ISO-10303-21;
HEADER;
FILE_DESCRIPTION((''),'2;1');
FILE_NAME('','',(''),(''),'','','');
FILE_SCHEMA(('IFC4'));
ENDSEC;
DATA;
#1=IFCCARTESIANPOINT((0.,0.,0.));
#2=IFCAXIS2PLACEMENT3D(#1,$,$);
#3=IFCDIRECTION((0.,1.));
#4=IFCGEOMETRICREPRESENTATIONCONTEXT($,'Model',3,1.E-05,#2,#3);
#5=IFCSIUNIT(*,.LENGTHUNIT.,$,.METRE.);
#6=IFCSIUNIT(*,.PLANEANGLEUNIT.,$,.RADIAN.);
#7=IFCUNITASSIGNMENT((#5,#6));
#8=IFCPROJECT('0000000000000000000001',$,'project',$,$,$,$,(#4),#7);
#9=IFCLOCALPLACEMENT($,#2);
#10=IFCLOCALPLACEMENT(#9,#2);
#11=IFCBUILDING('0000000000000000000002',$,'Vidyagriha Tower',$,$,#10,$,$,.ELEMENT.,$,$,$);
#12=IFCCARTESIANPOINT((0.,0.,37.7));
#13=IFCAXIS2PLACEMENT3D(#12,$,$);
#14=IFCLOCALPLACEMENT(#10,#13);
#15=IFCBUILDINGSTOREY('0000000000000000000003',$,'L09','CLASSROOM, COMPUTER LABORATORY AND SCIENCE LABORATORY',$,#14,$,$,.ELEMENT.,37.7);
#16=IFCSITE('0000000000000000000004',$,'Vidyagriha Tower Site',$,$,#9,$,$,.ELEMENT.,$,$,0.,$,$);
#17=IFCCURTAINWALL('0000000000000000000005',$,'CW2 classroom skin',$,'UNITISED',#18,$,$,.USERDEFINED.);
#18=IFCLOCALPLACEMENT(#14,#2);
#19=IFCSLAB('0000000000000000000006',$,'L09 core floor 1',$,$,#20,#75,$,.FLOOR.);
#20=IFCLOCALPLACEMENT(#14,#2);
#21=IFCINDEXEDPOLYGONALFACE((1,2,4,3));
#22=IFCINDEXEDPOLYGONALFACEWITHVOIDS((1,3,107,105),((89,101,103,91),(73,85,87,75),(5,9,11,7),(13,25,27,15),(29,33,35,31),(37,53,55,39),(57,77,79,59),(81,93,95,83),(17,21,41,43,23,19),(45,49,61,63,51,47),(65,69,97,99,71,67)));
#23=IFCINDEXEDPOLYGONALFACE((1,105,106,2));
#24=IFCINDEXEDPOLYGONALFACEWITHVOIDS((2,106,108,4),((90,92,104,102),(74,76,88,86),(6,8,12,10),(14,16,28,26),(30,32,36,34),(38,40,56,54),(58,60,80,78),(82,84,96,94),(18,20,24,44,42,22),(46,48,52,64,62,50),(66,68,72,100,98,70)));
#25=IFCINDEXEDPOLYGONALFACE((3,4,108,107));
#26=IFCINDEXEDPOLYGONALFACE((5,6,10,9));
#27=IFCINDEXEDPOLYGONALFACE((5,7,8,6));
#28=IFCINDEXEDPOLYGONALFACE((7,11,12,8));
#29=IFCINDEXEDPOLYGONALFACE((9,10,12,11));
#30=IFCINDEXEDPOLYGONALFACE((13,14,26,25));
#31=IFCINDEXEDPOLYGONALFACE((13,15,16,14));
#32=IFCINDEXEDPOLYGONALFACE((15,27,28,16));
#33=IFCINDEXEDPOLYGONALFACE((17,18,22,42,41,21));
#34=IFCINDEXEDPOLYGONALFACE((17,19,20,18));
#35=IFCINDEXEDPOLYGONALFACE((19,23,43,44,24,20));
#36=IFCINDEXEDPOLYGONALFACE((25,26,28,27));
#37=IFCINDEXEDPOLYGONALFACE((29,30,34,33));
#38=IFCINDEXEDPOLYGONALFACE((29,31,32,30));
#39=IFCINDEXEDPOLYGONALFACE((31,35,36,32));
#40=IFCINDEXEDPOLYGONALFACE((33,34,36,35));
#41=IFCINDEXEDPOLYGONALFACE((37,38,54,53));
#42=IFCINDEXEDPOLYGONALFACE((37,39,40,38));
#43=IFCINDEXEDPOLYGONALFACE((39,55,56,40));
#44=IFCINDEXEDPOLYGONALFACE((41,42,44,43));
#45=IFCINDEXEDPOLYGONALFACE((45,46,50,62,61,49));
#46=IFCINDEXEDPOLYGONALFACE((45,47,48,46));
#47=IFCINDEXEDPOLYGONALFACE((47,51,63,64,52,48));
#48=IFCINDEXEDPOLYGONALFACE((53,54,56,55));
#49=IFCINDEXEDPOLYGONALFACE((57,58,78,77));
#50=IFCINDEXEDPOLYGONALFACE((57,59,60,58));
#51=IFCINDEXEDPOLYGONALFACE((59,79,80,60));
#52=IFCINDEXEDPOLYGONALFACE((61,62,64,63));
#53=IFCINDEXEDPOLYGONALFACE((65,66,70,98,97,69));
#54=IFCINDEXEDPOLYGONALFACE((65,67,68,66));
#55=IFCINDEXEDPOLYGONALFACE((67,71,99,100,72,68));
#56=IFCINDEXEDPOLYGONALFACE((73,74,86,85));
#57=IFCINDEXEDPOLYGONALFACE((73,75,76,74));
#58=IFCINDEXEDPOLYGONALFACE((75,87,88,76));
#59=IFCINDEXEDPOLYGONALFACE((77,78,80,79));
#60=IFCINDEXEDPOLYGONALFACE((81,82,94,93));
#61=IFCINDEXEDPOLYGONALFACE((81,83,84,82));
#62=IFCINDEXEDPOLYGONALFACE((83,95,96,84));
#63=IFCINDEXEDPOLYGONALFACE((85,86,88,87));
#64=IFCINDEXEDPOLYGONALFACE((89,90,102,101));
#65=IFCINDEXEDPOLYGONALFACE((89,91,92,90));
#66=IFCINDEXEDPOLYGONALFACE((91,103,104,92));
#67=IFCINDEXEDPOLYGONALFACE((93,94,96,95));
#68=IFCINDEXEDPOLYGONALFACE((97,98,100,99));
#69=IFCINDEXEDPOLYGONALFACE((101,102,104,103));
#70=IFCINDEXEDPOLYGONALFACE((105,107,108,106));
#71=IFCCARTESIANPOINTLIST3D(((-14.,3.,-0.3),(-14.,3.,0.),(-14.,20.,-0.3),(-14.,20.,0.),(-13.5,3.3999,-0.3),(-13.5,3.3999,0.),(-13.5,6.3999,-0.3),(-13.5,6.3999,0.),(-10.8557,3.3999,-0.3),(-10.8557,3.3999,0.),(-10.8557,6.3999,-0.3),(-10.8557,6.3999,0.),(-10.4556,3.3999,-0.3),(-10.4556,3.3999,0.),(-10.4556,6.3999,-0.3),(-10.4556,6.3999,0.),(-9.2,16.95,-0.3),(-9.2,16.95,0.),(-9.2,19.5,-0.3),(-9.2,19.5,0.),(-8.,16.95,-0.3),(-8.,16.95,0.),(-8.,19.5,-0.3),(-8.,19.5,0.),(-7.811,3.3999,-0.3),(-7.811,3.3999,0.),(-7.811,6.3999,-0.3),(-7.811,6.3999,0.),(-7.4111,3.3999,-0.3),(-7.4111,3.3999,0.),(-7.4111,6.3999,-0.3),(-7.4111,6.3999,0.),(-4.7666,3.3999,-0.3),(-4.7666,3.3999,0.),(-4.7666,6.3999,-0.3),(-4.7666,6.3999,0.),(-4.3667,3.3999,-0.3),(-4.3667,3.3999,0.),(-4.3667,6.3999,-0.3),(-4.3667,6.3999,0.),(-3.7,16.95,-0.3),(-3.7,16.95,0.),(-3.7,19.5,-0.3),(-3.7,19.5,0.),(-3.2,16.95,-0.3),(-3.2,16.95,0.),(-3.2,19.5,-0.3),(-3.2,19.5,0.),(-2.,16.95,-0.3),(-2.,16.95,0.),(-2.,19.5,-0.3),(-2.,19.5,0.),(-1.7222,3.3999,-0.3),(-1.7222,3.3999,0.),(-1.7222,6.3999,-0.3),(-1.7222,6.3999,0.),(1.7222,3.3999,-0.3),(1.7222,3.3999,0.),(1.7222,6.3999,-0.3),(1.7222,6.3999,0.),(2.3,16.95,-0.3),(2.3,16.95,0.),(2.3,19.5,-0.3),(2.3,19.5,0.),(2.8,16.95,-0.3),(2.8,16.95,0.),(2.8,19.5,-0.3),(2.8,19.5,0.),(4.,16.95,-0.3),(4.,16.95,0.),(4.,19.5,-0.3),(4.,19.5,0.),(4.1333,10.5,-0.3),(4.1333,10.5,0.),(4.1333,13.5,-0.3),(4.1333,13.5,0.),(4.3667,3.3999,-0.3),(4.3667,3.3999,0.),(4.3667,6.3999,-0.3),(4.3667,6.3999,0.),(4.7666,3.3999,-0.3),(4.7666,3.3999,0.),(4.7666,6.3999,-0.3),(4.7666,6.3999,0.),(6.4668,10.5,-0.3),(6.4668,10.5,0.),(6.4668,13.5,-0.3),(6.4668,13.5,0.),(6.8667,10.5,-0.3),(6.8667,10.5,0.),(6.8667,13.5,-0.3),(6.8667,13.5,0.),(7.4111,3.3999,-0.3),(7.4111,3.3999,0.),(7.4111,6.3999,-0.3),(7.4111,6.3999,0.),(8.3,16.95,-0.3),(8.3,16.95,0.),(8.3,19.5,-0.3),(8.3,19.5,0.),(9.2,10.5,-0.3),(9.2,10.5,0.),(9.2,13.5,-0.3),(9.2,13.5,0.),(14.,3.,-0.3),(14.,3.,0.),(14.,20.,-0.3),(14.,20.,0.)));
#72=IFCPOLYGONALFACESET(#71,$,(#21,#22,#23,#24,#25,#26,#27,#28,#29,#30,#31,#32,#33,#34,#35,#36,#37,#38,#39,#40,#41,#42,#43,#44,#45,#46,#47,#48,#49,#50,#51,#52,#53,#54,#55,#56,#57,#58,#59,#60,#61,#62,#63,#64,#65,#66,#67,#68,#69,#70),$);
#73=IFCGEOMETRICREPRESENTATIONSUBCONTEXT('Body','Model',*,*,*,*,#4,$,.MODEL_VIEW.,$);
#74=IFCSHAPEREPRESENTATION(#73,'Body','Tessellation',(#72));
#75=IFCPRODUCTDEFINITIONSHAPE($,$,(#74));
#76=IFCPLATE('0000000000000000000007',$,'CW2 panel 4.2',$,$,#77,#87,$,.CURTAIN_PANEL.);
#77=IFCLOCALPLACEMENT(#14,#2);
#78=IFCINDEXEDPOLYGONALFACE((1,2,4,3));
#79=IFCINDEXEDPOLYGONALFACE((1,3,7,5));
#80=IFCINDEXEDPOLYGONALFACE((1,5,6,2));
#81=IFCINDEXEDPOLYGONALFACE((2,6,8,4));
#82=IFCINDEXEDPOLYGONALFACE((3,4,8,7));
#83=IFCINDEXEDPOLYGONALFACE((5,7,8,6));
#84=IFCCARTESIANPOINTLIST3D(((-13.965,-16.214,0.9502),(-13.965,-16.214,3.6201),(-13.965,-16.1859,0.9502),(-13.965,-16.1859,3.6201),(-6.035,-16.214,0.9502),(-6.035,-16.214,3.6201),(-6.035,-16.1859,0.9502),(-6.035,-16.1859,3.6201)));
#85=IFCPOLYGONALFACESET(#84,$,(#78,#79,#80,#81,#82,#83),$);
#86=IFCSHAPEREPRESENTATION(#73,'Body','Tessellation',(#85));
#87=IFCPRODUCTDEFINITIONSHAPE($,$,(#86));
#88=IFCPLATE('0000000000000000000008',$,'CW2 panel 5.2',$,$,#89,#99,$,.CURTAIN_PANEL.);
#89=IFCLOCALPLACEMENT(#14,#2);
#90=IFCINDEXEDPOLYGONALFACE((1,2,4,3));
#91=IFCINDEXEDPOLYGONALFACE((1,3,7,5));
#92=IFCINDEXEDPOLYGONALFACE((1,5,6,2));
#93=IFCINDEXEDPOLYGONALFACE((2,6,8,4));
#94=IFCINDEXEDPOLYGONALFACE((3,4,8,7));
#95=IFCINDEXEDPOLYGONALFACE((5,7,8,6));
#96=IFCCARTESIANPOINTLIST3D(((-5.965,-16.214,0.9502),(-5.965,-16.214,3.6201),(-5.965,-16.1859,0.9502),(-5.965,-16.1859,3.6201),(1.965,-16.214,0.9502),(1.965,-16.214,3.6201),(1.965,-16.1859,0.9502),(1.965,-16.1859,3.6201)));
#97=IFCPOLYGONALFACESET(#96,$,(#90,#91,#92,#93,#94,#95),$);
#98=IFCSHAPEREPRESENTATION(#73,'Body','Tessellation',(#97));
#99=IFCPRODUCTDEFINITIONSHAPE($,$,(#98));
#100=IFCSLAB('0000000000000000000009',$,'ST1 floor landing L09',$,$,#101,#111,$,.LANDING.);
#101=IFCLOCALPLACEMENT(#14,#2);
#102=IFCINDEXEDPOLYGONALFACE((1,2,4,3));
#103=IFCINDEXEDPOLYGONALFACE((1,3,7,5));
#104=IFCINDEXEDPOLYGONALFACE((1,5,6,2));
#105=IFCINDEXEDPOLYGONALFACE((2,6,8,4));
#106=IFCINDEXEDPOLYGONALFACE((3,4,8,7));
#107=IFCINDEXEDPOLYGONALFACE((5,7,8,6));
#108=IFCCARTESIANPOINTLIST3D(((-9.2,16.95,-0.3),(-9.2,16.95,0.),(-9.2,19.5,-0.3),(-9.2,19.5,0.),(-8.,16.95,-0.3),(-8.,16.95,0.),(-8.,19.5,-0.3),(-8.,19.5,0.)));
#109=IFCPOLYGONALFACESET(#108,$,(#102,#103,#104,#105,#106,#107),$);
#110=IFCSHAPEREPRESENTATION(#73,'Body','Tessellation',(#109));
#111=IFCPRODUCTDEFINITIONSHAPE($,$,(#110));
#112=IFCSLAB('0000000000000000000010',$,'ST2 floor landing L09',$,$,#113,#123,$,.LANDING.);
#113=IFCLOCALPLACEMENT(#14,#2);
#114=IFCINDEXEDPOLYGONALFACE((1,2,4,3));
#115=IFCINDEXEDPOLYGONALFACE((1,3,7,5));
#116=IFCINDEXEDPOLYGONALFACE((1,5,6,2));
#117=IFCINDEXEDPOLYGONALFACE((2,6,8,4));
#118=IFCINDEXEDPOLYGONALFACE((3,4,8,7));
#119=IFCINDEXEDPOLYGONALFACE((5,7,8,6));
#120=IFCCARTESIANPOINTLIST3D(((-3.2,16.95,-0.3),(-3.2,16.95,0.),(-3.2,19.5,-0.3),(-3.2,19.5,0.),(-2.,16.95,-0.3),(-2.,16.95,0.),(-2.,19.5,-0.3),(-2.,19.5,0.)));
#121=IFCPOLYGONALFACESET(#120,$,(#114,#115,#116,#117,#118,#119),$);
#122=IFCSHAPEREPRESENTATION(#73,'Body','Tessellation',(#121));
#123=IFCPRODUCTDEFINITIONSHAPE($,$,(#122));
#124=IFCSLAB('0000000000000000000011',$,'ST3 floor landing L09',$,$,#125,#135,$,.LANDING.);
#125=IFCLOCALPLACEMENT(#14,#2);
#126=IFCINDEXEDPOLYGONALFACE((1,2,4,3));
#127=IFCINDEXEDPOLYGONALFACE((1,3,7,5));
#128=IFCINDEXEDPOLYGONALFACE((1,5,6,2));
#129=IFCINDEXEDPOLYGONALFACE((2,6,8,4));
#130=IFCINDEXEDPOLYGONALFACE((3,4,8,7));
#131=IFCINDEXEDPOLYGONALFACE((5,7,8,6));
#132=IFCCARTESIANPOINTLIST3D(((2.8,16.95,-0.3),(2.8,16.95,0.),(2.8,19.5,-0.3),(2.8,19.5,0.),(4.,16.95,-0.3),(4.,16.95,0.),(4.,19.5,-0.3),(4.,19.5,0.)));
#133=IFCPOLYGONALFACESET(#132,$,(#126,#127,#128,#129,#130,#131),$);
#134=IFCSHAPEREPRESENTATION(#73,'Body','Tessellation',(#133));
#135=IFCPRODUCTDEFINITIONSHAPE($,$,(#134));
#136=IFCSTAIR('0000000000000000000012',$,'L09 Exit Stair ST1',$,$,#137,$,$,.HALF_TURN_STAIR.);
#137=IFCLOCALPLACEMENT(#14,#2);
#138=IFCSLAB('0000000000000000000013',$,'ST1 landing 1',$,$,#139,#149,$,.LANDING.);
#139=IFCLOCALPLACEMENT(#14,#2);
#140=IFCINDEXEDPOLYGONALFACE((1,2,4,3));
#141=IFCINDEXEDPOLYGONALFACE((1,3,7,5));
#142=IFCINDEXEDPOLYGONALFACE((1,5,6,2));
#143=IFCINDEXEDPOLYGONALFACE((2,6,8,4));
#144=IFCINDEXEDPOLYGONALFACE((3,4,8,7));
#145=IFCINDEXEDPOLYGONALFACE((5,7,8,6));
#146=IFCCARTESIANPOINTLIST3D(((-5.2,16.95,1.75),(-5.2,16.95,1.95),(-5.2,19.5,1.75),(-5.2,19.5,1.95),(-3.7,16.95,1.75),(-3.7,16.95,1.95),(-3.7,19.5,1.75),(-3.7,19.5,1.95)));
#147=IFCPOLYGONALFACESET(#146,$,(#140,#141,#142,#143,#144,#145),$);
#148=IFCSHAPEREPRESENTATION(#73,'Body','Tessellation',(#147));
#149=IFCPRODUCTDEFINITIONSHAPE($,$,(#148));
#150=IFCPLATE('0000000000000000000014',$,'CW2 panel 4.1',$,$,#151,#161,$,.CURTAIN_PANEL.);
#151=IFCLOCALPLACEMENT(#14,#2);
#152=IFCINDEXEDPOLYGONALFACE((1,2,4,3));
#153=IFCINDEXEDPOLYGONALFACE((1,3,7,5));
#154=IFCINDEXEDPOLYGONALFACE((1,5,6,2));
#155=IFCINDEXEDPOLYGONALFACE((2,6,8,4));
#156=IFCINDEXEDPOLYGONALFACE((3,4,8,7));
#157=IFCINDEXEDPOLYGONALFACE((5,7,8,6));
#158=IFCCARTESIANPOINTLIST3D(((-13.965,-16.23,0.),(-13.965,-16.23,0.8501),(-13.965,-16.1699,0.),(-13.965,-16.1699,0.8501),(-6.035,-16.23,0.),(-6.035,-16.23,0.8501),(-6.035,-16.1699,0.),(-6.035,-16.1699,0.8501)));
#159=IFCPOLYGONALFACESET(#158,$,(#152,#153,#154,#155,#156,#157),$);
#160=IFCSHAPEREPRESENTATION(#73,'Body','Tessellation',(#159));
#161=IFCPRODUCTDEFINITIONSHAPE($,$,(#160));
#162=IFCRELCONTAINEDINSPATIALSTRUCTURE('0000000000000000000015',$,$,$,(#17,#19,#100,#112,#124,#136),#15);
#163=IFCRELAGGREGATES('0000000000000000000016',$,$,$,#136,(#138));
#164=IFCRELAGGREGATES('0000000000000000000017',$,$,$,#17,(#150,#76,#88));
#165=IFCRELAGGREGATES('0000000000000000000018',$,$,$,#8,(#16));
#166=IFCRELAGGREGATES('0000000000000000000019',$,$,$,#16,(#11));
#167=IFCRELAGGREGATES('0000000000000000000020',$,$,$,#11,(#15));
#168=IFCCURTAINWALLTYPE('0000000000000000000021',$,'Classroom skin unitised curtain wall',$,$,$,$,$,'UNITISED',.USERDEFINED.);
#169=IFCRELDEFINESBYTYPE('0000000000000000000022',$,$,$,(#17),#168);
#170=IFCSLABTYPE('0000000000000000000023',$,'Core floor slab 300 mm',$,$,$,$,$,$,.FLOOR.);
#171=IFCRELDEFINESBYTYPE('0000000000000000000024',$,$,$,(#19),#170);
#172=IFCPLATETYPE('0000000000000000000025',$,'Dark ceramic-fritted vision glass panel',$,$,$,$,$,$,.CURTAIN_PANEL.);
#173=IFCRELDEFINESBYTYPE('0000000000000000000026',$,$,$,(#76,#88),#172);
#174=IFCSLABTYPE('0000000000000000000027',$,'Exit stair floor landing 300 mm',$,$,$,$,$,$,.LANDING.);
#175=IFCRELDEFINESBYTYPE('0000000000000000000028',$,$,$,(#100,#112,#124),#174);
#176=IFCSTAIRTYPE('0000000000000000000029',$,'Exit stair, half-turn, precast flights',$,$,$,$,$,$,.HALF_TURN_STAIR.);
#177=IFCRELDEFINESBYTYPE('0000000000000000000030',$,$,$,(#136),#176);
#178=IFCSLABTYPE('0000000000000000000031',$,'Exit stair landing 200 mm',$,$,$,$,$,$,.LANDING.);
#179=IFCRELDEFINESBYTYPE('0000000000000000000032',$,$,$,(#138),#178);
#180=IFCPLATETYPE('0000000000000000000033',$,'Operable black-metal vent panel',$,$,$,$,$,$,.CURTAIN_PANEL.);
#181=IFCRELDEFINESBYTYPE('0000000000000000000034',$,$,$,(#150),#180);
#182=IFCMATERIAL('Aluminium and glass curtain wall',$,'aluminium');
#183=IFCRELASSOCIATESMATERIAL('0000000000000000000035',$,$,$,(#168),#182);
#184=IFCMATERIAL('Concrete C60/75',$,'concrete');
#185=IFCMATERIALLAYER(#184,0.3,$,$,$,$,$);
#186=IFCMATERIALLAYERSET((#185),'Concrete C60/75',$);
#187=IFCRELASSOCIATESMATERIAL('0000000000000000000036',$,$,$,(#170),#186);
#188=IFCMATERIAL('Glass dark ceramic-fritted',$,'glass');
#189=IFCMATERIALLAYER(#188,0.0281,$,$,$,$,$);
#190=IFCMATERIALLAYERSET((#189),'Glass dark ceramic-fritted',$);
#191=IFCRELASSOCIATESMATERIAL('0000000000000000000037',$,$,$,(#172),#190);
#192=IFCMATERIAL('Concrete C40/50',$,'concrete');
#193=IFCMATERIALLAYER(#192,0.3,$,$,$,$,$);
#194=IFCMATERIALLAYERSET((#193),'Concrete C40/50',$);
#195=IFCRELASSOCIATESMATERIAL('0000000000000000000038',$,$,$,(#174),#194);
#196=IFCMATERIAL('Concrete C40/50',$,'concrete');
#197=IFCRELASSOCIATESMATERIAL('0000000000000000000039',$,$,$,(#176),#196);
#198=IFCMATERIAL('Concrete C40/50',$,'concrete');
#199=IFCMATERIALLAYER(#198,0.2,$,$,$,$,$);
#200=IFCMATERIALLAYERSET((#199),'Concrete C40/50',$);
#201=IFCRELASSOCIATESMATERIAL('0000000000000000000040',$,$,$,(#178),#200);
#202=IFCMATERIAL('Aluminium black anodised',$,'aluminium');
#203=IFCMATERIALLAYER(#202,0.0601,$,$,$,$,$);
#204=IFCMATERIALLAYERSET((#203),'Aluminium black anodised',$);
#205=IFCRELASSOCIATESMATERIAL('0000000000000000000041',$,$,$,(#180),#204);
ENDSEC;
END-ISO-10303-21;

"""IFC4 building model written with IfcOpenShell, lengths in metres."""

from ifc_helpers import new_model, si_unit, direction, frame, origin, origin_2d, place, context, subcontext, project, spatial, polyline, rectangle, outline, extrude, material, layer, layer_set, type_object, element, aggregate, save


model = new_model("IFC4")

# Units and contexts
model_context = context("Model", 3, precision=1e-05, world=origin(), true_north=direction((0.0, 1.0)))
body_context = subcontext(model_context, "Body", "Model", "MODEL_VIEW")
ifc_project = project(units=[si_unit("LENGTHUNIT", "METRE"), si_unit("PLANEANGLEUNIT", "RADIAN")], contexts=[model_context])

# Site, building, storey
site_placement = place(None, origin())
site = spatial("IfcSite", under=ifc_project, at=site_placement, Name="Vidyagriha Tower Site", CompositionType="ELEMENT", RefElevation=0.0)
building_placement = place(site_placement, origin())
building = spatial("IfcBuilding", under=site, at=building_placement, Name="Vidyagriha Tower", CompositionType="ELEMENT")
storey_placement = place(building_placement, frame((0.0, 0.0, 37.7)))
storey = spatial("IfcBuildingStorey", under=building, at=storey_placement, Name="L09", Description="CLASSROOM, COMPUTER LABORATORY AND SCIENCE LABORATORY", CompositionType="ELEMENT", Elevation=37.7)

# Curtain wall
ifc_material_1 = material(Name="Aluminium and glass curtain wall", Category="aluminium")
curtain_wall_type = type_object("IfcCurtainWallType", Name="Classroom skin unitised curtain wall", ElementType="UNITISED", PredefinedType="USERDEFINED", material=ifc_material_1)
curtain_wall_placement = place(storey_placement, origin())
curtain_wall = element("IfcCurtainWall", 1, at=curtain_wall_placement, inside=storey, type_object=curtain_wall_type, Name="CW2 classroom skin", ObjectType="UNITISED", PredefinedType="USERDEFINED")

# Slab
ifc_material_2 = material(Name="Concrete C60/75", Category="concrete")
ifc_layer_1 = layer(ifc_material_2, 0.3)
ifc_layer_set_1 = layer_set([ifc_layer_1], Name="Concrete C60/75")
slab_type_1 = type_object("IfcSlabType", Name="Core floor slab 300 mm", PredefinedType="FLOOR", material=ifc_layer_set_1)
slab_1_placement = place(storey_placement, frame((0.0, 0.0, -0.3)))
element("IfcSlab", 2, at=slab_1_placement, inside=storey, type_object=slab_type_1, Name="L09 core floor 1", PredefinedType="FLOOR", context=body_context, shape_type="SweptSolid", body=[
    extrude(outline(polyline([(-14.0, 3.0), (-14.0, 20.0), (14.0, 20.0), (14.0, 3.0), (-14.0, 3.0)]), holes=[polyline([(9.2, 13.5), (6.8667, 13.5), (6.8667, 10.5), (9.2, 10.5), (9.2, 13.5)]), polyline([(4.0, 19.5), (2.8, 19.5), (2.8, 16.95), (4.0, 16.95), (8.3, 16.95), (8.3, 19.5), (4.0, 19.5)]), polyline([(7.4111, 6.3999), (4.7666, 6.3999), (4.7666, 3.3999), (7.4111, 3.3999), (7.4111, 6.3999)]), polyline([(6.4668, 13.5), (4.1333, 13.5), (4.1333, 10.5), (6.4668, 10.5), (6.4668, 13.5)]), polyline([(1.7222, 6.3999), (1.7222, 3.3999), (4.3667, 3.3999), (4.3667, 6.3999), (1.7222, 6.3999)]), polyline([(-2.0, 16.95), (2.3, 16.95), (2.3, 19.5), (-2.0, 19.5), (-3.2, 19.5), (-3.2, 16.95), (-2.0, 16.95)]), polyline([(-1.7222, 6.3999), (-4.3667, 6.3999), (-4.3667, 3.3999), (-1.7222, 3.3999), (-1.7222, 6.3999)]), polyline([(-8.0, 19.5), (-9.2, 19.5), (-9.2, 16.95), (-8.0, 16.95), (-3.7, 16.95), (-3.7, 19.5), (-8.0, 19.5)]), polyline([(-4.7666, 6.3999), (-7.4111, 6.3999), (-7.4111, 3.3999), (-4.7666, 3.3999), (-4.7666, 6.3999)]), polyline([(-7.811, 6.3999), (-10.4556, 6.3999), (-10.4556, 3.3999), (-7.811, 3.3999), (-7.811, 6.3999)]), polyline([(-13.5, 6.3999), (-13.5, 3.3999), (-10.8557, 3.3999), (-10.8557, 6.3999), (-13.5, 6.3999)])]), origin(), (0.0, 0.0, 1.0), 0.3),
])

# Plates
ifc_material_3 = material(Name="Glass dark ceramic-fritted", Category="glass")
ifc_layer_2 = layer(ifc_material_3, 0.0281)
ifc_layer_set_2 = layer_set([ifc_layer_2], Name="Glass dark ceramic-fritted")
plate_type_1 = type_object("IfcPlateType", Name="Dark ceramic-fritted vision glass panel", PredefinedType="CURTAIN_PANEL", material=ifc_layer_set_2)
plate_1_placement = place(storey_placement, frame((-10.0, -16.2, 0.9502)))
plate_1 = element("IfcPlate", 3, at=plate_1_placement, type_object=plate_type_1, Name="CW2 panel 4.2", PredefinedType="CURTAIN_PANEL", context=body_context, shape_type="SweptSolid", body=[
    extrude(rectangle(XDim=7.9299, YDim=0.0281, at=origin_2d()), origin(), (0.0, 0.0, 1.0), 2.6699),
])
plate_2_placement = place(storey_placement, frame((-2.0, -16.2, 0.9502)))
plate_2 = element("IfcPlate", 4, at=plate_2_placement, type_object=plate_type_1, Name="CW2 panel 5.2", PredefinedType="CURTAIN_PANEL", context=body_context, shape_type="SweptSolid", body=[
    extrude(rectangle(XDim=7.9299, YDim=0.0281, at=origin_2d()), origin(), (0.0, 0.0, 1.0), 2.6699),
])

# Slabs
ifc_material_4 = material(Name="Concrete C40/50", Category="concrete")
ifc_layer_3 = layer(ifc_material_4, 0.3)
ifc_layer_set_3 = layer_set([ifc_layer_3], Name="Concrete C40/50")
slab_type_2 = type_object("IfcSlabType", Name="Exit stair floor landing 300 mm", PredefinedType="LANDING", material=ifc_layer_set_3)
slab_2_placement = place(storey_placement, frame((0.0, 0.0, -0.3)))
element("IfcSlab", 5, at=slab_2_placement, inside=storey, type_object=slab_type_2, Name="ST1 floor landing L09", PredefinedType="LANDING", context=body_context, shape_type="SweptSolid", body=[
    extrude(outline(polyline([(-9.2, 16.95), (-8.0, 16.95), (-8.0, 19.5), (-9.2, 19.5), (-9.2, 16.95)])), origin(), (0.0, 0.0, 1.0), 0.3),
])
slab_3_placement = place(storey_placement, frame((0.0, 0.0, -0.3)))
element("IfcSlab", 6, at=slab_3_placement, inside=storey, type_object=slab_type_2, Name="ST2 floor landing L09", PredefinedType="LANDING", context=body_context, shape_type="SweptSolid", body=[
    extrude(outline(polyline([(-3.2, 16.95), (-2.0, 16.95), (-2.0, 19.5), (-3.2, 19.5), (-3.2, 16.95)])), origin(), (0.0, 0.0, 1.0), 0.3),
])
slab_4_placement = place(storey_placement, frame((0.0, 0.0, -0.3)))
element("IfcSlab", 7, at=slab_4_placement, inside=storey, type_object=slab_type_2, Name="ST3 floor landing L09", PredefinedType="LANDING", context=body_context, shape_type="SweptSolid", body=[
    extrude(outline(polyline([(2.8, 16.95), (4.0, 16.95), (4.0, 19.5), (2.8, 19.5), (2.8, 16.95)])), origin(), (0.0, 0.0, 1.0), 0.3),
])

# Stair, slab
ifc_material_5 = material(Name="Concrete C40/50", Category="concrete")
stair_type = type_object("IfcStairType", Name="Exit stair, half-turn, precast flights", PredefinedType="HALF_TURN_STAIR", material=ifc_material_5)
stair_placement = place(storey_placement, origin())
stair = element("IfcStair", 8, at=stair_placement, inside=storey, type_object=stair_type, Name="L09 Exit Stair ST1", PredefinedType="HALF_TURN_STAIR")
ifc_material_6 = material(Name="Concrete C40/50", Category="concrete")
ifc_layer_4 = layer(ifc_material_6, 0.2)
ifc_layer_set_4 = layer_set([ifc_layer_4], Name="Concrete C40/50")
slab_type_3 = type_object("IfcSlabType", Name="Exit stair landing 200 mm", PredefinedType="LANDING", material=ifc_layer_set_4)
slab_5_placement = place(storey_placement, frame((0.0, 0.0, 1.75)))
slab_5 = element("IfcSlab", 9, at=slab_5_placement, type_object=slab_type_3, Name="ST1 landing 1", PredefinedType="LANDING", context=body_context, shape_type="SweptSolid", body=[
    extrude(outline(polyline([(-5.2, 16.95), (-3.7, 16.95), (-3.7, 19.5), (-5.2, 19.5), (-5.2, 16.95)])), origin(), (0.0, 0.0, 1.0), 0.2),
])
aggregate(stair, [slab_5])

# Plate
ifc_material_7 = material(Name="Aluminium black anodised", Category="aluminium")
ifc_layer_5 = layer(ifc_material_7, 0.0601)
ifc_layer_set_5 = layer_set([ifc_layer_5], Name="Aluminium black anodised")
plate_type_2 = type_object("IfcPlateType", Name="Operable black-metal vent panel", PredefinedType="CURTAIN_PANEL", material=ifc_layer_set_5)
plate_3_placement = place(storey_placement, frame((-10.0, -16.2, 0.0)))
plate_3 = element("IfcPlate", 10, at=plate_3_placement, type_object=plate_type_2, Name="CW2 panel 4.1", PredefinedType="CURTAIN_PANEL", context=body_context, shape_type="SweptSolid", body=[
    extrude(rectangle(XDim=7.9299, YDim=0.0601, at=origin_2d()), origin(), (0.0, 0.0, 1.0), 0.8501),
])
aggregate(curtain_wall, [plate_3, plate_1, plate_2])

save(model, "model.ifc")
